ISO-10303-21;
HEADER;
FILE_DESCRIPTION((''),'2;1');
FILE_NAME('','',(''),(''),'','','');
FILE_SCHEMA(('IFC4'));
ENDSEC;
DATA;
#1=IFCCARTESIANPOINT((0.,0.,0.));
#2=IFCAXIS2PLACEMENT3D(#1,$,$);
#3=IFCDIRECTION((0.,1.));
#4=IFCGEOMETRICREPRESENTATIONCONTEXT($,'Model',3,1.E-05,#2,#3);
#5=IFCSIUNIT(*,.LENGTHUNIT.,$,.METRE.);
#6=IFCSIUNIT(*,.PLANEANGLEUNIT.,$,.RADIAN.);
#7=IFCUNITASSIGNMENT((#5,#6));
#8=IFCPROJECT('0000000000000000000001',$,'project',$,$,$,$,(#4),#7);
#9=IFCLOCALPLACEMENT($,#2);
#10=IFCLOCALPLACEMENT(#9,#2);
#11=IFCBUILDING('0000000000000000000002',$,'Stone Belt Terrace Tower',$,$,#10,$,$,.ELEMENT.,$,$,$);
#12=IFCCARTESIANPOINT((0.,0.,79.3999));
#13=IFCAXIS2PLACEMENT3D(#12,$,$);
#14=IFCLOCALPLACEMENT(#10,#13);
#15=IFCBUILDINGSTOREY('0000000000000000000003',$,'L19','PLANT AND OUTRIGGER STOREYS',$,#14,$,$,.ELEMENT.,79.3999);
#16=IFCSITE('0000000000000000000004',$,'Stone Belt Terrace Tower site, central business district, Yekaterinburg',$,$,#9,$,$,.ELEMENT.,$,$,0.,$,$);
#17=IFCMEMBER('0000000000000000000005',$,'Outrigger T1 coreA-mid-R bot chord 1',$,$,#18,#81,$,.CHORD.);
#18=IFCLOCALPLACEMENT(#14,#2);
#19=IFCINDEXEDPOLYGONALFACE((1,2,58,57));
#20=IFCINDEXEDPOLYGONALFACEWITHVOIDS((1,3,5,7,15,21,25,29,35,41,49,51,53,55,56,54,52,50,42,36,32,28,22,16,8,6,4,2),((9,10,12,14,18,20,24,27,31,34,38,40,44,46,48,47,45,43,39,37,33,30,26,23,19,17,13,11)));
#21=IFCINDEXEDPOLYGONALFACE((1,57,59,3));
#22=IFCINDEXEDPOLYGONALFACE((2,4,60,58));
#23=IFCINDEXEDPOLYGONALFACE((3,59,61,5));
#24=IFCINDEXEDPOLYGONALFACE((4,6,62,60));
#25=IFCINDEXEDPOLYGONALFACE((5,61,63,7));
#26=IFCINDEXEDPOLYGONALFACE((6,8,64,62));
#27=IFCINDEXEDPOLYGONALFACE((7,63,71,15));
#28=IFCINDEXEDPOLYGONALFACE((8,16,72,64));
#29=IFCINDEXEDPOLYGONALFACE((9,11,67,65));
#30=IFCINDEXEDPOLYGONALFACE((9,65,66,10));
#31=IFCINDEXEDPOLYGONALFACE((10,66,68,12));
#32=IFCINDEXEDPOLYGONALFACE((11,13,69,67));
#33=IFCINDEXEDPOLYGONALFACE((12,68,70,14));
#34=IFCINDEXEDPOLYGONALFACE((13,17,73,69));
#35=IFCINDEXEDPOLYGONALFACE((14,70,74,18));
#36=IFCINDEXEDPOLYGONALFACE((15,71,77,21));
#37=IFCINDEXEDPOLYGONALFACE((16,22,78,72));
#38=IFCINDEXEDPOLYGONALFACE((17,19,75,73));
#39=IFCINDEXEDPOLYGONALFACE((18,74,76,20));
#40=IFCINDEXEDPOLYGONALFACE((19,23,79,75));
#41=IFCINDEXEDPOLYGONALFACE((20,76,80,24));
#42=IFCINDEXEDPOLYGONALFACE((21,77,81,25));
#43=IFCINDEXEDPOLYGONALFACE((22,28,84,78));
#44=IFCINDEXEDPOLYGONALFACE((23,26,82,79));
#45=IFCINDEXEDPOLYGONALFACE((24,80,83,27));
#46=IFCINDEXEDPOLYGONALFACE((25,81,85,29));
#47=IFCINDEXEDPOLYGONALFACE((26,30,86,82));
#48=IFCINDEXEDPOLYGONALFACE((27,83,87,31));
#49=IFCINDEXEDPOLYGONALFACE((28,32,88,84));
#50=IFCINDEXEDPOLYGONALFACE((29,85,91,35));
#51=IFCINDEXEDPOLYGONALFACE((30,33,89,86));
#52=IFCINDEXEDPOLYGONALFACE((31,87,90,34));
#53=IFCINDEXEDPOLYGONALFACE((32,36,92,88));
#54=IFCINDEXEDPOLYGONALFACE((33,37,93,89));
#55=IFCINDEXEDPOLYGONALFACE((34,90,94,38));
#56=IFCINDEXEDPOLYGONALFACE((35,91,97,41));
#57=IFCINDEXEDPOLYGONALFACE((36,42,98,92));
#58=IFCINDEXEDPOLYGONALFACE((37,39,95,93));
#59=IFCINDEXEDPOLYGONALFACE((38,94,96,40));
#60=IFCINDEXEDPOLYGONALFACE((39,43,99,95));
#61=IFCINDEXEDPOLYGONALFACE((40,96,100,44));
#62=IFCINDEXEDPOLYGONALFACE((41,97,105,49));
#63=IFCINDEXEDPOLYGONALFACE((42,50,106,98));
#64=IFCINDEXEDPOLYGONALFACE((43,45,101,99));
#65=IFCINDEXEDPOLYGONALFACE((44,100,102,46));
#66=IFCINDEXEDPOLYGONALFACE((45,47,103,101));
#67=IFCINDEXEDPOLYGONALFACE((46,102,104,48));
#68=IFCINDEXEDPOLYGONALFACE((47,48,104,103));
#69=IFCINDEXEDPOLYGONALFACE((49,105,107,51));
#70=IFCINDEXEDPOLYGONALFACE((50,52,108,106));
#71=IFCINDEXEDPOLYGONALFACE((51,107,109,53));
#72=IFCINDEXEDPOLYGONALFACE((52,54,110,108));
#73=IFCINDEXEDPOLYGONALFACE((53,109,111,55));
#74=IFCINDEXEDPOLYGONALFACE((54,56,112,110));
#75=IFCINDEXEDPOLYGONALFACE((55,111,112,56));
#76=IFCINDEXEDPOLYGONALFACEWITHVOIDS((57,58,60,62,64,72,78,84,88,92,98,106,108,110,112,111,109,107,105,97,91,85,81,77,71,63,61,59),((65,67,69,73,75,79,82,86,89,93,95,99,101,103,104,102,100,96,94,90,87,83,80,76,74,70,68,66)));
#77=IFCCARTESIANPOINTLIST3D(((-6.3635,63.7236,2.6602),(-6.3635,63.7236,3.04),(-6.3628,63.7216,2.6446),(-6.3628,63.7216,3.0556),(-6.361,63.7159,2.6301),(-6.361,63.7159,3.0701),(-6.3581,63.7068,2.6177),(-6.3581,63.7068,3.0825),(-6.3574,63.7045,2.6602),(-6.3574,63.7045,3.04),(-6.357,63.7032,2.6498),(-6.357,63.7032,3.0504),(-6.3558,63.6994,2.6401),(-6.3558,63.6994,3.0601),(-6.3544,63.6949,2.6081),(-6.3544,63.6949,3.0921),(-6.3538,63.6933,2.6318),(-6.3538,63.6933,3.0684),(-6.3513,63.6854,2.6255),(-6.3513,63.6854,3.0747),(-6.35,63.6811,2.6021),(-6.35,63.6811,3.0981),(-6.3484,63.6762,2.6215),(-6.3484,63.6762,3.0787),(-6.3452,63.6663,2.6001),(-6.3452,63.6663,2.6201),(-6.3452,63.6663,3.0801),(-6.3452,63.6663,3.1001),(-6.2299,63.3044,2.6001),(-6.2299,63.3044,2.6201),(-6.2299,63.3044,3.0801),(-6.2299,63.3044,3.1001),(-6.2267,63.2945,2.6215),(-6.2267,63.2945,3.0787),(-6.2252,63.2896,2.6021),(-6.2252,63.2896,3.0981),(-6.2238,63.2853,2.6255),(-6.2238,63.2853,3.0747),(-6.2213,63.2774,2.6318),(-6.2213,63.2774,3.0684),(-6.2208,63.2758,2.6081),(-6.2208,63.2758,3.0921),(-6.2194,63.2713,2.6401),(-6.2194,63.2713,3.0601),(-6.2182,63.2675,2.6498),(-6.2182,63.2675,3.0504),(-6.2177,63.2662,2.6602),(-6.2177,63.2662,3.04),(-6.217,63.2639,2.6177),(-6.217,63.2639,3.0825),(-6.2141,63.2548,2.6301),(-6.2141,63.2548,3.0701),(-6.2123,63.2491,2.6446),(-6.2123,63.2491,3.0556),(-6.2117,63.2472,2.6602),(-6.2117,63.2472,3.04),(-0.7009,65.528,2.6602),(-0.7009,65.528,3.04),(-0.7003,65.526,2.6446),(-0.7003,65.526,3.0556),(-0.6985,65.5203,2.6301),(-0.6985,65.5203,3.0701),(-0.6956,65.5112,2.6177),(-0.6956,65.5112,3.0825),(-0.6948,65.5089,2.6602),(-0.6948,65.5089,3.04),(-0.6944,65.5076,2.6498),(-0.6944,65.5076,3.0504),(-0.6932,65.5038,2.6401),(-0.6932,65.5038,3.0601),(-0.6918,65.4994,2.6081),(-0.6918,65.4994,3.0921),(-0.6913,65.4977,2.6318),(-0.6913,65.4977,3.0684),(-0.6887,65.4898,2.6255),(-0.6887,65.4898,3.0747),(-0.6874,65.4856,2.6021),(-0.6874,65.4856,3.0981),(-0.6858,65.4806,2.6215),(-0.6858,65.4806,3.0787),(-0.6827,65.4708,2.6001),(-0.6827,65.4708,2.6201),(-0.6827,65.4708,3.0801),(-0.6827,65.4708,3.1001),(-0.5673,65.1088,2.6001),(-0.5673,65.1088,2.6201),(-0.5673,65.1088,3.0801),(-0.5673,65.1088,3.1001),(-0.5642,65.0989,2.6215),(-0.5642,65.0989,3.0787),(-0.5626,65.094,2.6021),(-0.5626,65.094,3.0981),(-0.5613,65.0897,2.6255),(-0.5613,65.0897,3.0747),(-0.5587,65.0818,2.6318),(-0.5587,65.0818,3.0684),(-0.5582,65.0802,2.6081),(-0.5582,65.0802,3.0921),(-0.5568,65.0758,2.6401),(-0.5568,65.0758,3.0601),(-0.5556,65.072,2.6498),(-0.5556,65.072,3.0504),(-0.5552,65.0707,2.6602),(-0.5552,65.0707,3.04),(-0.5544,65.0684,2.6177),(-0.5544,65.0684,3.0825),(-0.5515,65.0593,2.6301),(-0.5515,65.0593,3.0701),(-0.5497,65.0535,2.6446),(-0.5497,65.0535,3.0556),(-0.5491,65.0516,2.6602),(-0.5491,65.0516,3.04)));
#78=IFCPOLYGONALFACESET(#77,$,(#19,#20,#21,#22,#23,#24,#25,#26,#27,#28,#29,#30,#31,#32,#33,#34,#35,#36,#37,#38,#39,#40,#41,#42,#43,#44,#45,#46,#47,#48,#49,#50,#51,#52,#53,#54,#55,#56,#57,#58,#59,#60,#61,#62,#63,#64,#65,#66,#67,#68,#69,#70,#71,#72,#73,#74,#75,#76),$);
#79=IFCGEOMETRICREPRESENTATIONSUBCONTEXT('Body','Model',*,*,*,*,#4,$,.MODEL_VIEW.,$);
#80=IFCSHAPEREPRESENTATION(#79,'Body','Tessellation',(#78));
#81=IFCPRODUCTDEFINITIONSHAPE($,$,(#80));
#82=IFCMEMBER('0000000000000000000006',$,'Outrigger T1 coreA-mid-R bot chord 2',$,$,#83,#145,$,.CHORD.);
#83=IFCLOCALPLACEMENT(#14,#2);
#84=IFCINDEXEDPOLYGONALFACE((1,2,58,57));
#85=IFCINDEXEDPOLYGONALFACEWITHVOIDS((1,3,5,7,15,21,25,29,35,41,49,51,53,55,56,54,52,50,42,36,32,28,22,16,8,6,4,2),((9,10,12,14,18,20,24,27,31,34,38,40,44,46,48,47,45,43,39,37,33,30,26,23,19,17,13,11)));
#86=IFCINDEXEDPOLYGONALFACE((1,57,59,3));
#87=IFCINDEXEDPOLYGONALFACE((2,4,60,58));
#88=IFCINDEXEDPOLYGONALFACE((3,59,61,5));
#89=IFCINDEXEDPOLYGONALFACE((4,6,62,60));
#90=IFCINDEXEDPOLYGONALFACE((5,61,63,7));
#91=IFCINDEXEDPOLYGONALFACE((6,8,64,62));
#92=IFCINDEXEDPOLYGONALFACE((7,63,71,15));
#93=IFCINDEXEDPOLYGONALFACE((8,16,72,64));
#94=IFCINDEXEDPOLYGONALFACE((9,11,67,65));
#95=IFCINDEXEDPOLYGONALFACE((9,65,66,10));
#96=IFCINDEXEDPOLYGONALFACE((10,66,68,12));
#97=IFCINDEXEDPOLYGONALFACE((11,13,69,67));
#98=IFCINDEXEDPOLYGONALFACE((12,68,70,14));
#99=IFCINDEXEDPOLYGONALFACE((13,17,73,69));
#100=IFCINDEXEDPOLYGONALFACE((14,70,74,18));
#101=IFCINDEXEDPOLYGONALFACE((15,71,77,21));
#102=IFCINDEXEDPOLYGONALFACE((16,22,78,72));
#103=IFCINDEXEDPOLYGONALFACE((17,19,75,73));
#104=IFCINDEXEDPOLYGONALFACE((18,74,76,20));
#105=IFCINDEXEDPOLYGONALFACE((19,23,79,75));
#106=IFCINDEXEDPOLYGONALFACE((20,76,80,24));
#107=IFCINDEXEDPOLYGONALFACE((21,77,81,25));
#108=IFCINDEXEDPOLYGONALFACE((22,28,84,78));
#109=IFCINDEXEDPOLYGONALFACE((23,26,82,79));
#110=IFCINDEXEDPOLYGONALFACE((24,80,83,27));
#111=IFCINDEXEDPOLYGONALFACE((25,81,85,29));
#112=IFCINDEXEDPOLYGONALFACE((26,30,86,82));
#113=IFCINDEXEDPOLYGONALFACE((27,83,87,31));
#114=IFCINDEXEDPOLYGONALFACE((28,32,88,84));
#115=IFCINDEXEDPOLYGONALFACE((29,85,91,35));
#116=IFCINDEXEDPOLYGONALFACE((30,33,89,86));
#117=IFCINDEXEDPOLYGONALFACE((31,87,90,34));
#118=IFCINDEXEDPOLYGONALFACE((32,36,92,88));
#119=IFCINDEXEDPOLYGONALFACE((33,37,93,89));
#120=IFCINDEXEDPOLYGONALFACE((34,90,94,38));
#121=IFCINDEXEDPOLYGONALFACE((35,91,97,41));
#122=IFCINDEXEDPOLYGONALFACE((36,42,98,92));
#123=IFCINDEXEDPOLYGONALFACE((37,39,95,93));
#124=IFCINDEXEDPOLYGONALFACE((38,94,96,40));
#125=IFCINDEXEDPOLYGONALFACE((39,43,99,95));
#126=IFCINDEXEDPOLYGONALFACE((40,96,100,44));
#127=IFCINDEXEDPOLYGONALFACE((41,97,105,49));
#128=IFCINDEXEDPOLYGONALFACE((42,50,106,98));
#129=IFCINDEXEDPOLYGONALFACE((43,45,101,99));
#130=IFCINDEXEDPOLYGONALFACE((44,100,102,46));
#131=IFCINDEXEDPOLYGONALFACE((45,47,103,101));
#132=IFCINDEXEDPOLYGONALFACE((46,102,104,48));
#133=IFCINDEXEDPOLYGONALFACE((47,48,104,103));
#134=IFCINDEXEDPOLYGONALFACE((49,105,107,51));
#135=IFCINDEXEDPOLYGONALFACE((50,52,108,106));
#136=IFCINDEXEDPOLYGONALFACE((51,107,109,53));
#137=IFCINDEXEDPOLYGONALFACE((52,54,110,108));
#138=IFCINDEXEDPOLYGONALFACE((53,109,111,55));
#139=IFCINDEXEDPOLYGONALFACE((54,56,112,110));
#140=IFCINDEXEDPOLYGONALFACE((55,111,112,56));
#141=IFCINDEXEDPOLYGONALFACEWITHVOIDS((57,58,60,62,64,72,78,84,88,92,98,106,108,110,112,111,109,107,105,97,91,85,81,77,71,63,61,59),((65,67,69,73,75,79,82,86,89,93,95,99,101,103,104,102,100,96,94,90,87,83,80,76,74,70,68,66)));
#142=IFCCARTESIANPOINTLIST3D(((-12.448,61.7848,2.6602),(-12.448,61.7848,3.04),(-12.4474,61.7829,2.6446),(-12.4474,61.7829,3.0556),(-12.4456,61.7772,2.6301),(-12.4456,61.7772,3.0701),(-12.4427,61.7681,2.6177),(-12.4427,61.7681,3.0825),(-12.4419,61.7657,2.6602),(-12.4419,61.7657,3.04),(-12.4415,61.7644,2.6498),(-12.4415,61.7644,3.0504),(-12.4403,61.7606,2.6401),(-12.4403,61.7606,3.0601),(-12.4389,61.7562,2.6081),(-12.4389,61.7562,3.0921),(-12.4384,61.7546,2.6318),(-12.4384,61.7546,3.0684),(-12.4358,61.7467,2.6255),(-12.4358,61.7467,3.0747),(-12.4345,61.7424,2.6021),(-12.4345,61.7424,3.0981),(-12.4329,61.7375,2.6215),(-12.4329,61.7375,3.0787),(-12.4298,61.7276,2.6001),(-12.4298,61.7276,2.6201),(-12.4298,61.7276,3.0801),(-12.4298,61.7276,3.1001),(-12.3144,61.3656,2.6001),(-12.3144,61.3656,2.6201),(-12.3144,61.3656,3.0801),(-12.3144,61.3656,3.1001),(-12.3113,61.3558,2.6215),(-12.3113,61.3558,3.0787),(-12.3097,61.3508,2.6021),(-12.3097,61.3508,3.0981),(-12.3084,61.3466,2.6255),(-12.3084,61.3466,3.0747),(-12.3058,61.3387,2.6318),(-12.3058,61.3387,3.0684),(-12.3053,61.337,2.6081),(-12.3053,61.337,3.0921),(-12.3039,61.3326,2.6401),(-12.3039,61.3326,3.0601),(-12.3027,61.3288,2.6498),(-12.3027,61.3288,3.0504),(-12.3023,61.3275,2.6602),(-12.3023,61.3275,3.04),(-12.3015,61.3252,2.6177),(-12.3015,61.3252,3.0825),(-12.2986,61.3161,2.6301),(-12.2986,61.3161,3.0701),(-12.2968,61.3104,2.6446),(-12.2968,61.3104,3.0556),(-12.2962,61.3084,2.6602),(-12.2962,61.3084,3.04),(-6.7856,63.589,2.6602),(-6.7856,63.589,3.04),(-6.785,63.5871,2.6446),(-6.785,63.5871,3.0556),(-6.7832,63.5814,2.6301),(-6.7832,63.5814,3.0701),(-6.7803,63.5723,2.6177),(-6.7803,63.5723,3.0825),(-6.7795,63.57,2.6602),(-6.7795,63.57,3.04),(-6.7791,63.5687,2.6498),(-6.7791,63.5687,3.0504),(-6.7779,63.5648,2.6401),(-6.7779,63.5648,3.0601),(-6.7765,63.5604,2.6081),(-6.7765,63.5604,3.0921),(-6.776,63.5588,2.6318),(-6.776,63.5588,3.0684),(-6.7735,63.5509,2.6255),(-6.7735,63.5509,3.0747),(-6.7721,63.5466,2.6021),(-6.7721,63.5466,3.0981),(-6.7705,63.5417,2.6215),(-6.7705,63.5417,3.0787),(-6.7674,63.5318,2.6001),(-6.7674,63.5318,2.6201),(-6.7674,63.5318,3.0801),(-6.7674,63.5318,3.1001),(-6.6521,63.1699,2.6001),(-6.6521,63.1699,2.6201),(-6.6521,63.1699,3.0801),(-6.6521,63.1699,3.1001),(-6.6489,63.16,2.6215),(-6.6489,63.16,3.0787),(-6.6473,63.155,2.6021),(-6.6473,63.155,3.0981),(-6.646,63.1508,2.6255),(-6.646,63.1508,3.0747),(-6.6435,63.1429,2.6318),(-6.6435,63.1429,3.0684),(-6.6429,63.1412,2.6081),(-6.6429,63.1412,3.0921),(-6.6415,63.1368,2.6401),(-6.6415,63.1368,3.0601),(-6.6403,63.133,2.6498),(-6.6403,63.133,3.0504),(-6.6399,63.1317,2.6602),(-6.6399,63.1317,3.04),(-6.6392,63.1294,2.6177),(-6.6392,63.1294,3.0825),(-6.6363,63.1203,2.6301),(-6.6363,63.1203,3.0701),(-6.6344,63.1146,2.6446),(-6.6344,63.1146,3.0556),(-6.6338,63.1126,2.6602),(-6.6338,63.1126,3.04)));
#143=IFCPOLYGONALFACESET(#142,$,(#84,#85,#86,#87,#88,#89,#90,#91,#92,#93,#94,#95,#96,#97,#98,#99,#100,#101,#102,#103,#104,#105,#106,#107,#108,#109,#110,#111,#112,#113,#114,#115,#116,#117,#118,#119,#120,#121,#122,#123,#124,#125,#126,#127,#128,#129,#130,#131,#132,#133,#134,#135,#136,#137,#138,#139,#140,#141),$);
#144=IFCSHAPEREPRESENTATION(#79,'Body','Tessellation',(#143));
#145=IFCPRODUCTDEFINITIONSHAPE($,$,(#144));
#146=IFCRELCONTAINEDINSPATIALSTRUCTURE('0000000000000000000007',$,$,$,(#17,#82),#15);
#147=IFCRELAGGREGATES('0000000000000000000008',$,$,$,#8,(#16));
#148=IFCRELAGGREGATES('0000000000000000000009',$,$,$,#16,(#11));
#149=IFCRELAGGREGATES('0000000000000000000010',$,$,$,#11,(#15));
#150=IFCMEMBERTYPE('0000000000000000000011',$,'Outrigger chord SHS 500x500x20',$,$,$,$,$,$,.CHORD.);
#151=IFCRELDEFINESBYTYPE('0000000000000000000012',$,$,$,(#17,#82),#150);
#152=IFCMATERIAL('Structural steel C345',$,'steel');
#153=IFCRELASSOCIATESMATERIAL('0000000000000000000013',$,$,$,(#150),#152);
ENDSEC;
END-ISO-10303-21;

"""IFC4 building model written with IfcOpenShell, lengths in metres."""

from ifc_helpers import new_model, si_unit, direction, frame, origin, origin_2d, place, context, subcontext, project, spatial, hollow_rectangle, extrude, material, material_profile, profile_set, type_object, element, save


model = new_model("IFC4")

# Units and contexts
model_context = context("Model", 3, precision=1e-05, world=origin(), true_north=direction((0.0, 1.0)))
body_context = subcontext(model_context, "Body", "Model", "MODEL_VIEW")
ifc_project = project(units=[si_unit("LENGTHUNIT", "METRE"), si_unit("PLANEANGLEUNIT", "RADIAN")], contexts=[model_context])

# Site, building, storey
site_placement = place(None, origin())
site = spatial("IfcSite", under=ifc_project, at=site_placement, Name="Stone Belt Terrace Tower site, central business district, Yekaterinburg", CompositionType="ELEMENT", RefElevation=0.0)
building_placement = place(site_placement, origin())
building = spatial("IfcBuilding", under=site, at=building_placement, Name="Stone Belt Terrace Tower", CompositionType="ELEMENT")
storey_placement = place(building_placement, frame((0.0, 0.0, 79.3999)))
storey = spatial("IfcBuildingStorey", under=building, at=storey_placement, Name="L19", Description="PLANT AND OUTRIGGER STOREYS", CompositionType="ELEMENT", Elevation=79.3999)

# Members
ifc_material_1 = material(Name="Structural steel C345", Category="steel")
ifc_material_profile_1 = material_profile(ifc_material_1, hollow_rectangle(XDim=0.5, YDim=0.5, WallThickness=0.02, InnerFilletRadius=0.04, OuterFilletRadius=0.0601, at=origin_2d()), Name="SHS 500x500x20")
ifc_profile_set_1 = profile_set([ifc_material_profile_1], Name="Structural steel C345")
member_type_1 = type_object("IfcMemberType", Name="Outrigger chord SHS 500x500x20", PredefinedType="CHORD", material=ifc_profile_set_1)
for number, where, z_axis, x_axis, name in (
    (1, (-0.625, 65.2898, 2.8501), (-0.952794, -0.303617, 0.0), (0.303617, -0.952794, 0.0), "Outrigger T1 coreA-mid-R bot chord 1"),
):
    element("IfcMember", number, at=place(storey_placement, frame(where, z_axis=z_axis, x_axis=x_axis)), inside=storey, type_object=member_type_1, Name=name, PredefinedType="CHORD", context=body_context, shape_type="SweptSolid", body=[
        extrude(hollow_rectangle(XDim=0.5, YDim=0.5, WallThickness=0.02, InnerFilletRadius=0.04, OuterFilletRadius=0.0601, at=origin_2d()), origin(), (0.0, 0.0, 1.0), 5.9431),
    ])
member_1_placement = place(storey_placement, frame((-6.7097, 63.3508, 2.8501), z_axis=(-0.952802, -0.303592, 0.0), x_axis=(0.303592, -0.952802, 0.0)))
element("IfcMember", 2, at=member_1_placement, inside=storey, type_object=member_type_1, Name="Outrigger T1 coreA-mid-R bot chord 2", PredefinedType="CHORD", context=body_context, shape_type="SweptSolid", body=[
    extrude(hollow_rectangle(XDim=0.5, YDim=0.5, WallThickness=0.02, InnerFilletRadius=0.04, OuterFilletRadius=0.0601, at=origin_2d()), origin(), (0.0, 0.0, 1.0), 5.9429),
])

save(model, "model.ifc")
